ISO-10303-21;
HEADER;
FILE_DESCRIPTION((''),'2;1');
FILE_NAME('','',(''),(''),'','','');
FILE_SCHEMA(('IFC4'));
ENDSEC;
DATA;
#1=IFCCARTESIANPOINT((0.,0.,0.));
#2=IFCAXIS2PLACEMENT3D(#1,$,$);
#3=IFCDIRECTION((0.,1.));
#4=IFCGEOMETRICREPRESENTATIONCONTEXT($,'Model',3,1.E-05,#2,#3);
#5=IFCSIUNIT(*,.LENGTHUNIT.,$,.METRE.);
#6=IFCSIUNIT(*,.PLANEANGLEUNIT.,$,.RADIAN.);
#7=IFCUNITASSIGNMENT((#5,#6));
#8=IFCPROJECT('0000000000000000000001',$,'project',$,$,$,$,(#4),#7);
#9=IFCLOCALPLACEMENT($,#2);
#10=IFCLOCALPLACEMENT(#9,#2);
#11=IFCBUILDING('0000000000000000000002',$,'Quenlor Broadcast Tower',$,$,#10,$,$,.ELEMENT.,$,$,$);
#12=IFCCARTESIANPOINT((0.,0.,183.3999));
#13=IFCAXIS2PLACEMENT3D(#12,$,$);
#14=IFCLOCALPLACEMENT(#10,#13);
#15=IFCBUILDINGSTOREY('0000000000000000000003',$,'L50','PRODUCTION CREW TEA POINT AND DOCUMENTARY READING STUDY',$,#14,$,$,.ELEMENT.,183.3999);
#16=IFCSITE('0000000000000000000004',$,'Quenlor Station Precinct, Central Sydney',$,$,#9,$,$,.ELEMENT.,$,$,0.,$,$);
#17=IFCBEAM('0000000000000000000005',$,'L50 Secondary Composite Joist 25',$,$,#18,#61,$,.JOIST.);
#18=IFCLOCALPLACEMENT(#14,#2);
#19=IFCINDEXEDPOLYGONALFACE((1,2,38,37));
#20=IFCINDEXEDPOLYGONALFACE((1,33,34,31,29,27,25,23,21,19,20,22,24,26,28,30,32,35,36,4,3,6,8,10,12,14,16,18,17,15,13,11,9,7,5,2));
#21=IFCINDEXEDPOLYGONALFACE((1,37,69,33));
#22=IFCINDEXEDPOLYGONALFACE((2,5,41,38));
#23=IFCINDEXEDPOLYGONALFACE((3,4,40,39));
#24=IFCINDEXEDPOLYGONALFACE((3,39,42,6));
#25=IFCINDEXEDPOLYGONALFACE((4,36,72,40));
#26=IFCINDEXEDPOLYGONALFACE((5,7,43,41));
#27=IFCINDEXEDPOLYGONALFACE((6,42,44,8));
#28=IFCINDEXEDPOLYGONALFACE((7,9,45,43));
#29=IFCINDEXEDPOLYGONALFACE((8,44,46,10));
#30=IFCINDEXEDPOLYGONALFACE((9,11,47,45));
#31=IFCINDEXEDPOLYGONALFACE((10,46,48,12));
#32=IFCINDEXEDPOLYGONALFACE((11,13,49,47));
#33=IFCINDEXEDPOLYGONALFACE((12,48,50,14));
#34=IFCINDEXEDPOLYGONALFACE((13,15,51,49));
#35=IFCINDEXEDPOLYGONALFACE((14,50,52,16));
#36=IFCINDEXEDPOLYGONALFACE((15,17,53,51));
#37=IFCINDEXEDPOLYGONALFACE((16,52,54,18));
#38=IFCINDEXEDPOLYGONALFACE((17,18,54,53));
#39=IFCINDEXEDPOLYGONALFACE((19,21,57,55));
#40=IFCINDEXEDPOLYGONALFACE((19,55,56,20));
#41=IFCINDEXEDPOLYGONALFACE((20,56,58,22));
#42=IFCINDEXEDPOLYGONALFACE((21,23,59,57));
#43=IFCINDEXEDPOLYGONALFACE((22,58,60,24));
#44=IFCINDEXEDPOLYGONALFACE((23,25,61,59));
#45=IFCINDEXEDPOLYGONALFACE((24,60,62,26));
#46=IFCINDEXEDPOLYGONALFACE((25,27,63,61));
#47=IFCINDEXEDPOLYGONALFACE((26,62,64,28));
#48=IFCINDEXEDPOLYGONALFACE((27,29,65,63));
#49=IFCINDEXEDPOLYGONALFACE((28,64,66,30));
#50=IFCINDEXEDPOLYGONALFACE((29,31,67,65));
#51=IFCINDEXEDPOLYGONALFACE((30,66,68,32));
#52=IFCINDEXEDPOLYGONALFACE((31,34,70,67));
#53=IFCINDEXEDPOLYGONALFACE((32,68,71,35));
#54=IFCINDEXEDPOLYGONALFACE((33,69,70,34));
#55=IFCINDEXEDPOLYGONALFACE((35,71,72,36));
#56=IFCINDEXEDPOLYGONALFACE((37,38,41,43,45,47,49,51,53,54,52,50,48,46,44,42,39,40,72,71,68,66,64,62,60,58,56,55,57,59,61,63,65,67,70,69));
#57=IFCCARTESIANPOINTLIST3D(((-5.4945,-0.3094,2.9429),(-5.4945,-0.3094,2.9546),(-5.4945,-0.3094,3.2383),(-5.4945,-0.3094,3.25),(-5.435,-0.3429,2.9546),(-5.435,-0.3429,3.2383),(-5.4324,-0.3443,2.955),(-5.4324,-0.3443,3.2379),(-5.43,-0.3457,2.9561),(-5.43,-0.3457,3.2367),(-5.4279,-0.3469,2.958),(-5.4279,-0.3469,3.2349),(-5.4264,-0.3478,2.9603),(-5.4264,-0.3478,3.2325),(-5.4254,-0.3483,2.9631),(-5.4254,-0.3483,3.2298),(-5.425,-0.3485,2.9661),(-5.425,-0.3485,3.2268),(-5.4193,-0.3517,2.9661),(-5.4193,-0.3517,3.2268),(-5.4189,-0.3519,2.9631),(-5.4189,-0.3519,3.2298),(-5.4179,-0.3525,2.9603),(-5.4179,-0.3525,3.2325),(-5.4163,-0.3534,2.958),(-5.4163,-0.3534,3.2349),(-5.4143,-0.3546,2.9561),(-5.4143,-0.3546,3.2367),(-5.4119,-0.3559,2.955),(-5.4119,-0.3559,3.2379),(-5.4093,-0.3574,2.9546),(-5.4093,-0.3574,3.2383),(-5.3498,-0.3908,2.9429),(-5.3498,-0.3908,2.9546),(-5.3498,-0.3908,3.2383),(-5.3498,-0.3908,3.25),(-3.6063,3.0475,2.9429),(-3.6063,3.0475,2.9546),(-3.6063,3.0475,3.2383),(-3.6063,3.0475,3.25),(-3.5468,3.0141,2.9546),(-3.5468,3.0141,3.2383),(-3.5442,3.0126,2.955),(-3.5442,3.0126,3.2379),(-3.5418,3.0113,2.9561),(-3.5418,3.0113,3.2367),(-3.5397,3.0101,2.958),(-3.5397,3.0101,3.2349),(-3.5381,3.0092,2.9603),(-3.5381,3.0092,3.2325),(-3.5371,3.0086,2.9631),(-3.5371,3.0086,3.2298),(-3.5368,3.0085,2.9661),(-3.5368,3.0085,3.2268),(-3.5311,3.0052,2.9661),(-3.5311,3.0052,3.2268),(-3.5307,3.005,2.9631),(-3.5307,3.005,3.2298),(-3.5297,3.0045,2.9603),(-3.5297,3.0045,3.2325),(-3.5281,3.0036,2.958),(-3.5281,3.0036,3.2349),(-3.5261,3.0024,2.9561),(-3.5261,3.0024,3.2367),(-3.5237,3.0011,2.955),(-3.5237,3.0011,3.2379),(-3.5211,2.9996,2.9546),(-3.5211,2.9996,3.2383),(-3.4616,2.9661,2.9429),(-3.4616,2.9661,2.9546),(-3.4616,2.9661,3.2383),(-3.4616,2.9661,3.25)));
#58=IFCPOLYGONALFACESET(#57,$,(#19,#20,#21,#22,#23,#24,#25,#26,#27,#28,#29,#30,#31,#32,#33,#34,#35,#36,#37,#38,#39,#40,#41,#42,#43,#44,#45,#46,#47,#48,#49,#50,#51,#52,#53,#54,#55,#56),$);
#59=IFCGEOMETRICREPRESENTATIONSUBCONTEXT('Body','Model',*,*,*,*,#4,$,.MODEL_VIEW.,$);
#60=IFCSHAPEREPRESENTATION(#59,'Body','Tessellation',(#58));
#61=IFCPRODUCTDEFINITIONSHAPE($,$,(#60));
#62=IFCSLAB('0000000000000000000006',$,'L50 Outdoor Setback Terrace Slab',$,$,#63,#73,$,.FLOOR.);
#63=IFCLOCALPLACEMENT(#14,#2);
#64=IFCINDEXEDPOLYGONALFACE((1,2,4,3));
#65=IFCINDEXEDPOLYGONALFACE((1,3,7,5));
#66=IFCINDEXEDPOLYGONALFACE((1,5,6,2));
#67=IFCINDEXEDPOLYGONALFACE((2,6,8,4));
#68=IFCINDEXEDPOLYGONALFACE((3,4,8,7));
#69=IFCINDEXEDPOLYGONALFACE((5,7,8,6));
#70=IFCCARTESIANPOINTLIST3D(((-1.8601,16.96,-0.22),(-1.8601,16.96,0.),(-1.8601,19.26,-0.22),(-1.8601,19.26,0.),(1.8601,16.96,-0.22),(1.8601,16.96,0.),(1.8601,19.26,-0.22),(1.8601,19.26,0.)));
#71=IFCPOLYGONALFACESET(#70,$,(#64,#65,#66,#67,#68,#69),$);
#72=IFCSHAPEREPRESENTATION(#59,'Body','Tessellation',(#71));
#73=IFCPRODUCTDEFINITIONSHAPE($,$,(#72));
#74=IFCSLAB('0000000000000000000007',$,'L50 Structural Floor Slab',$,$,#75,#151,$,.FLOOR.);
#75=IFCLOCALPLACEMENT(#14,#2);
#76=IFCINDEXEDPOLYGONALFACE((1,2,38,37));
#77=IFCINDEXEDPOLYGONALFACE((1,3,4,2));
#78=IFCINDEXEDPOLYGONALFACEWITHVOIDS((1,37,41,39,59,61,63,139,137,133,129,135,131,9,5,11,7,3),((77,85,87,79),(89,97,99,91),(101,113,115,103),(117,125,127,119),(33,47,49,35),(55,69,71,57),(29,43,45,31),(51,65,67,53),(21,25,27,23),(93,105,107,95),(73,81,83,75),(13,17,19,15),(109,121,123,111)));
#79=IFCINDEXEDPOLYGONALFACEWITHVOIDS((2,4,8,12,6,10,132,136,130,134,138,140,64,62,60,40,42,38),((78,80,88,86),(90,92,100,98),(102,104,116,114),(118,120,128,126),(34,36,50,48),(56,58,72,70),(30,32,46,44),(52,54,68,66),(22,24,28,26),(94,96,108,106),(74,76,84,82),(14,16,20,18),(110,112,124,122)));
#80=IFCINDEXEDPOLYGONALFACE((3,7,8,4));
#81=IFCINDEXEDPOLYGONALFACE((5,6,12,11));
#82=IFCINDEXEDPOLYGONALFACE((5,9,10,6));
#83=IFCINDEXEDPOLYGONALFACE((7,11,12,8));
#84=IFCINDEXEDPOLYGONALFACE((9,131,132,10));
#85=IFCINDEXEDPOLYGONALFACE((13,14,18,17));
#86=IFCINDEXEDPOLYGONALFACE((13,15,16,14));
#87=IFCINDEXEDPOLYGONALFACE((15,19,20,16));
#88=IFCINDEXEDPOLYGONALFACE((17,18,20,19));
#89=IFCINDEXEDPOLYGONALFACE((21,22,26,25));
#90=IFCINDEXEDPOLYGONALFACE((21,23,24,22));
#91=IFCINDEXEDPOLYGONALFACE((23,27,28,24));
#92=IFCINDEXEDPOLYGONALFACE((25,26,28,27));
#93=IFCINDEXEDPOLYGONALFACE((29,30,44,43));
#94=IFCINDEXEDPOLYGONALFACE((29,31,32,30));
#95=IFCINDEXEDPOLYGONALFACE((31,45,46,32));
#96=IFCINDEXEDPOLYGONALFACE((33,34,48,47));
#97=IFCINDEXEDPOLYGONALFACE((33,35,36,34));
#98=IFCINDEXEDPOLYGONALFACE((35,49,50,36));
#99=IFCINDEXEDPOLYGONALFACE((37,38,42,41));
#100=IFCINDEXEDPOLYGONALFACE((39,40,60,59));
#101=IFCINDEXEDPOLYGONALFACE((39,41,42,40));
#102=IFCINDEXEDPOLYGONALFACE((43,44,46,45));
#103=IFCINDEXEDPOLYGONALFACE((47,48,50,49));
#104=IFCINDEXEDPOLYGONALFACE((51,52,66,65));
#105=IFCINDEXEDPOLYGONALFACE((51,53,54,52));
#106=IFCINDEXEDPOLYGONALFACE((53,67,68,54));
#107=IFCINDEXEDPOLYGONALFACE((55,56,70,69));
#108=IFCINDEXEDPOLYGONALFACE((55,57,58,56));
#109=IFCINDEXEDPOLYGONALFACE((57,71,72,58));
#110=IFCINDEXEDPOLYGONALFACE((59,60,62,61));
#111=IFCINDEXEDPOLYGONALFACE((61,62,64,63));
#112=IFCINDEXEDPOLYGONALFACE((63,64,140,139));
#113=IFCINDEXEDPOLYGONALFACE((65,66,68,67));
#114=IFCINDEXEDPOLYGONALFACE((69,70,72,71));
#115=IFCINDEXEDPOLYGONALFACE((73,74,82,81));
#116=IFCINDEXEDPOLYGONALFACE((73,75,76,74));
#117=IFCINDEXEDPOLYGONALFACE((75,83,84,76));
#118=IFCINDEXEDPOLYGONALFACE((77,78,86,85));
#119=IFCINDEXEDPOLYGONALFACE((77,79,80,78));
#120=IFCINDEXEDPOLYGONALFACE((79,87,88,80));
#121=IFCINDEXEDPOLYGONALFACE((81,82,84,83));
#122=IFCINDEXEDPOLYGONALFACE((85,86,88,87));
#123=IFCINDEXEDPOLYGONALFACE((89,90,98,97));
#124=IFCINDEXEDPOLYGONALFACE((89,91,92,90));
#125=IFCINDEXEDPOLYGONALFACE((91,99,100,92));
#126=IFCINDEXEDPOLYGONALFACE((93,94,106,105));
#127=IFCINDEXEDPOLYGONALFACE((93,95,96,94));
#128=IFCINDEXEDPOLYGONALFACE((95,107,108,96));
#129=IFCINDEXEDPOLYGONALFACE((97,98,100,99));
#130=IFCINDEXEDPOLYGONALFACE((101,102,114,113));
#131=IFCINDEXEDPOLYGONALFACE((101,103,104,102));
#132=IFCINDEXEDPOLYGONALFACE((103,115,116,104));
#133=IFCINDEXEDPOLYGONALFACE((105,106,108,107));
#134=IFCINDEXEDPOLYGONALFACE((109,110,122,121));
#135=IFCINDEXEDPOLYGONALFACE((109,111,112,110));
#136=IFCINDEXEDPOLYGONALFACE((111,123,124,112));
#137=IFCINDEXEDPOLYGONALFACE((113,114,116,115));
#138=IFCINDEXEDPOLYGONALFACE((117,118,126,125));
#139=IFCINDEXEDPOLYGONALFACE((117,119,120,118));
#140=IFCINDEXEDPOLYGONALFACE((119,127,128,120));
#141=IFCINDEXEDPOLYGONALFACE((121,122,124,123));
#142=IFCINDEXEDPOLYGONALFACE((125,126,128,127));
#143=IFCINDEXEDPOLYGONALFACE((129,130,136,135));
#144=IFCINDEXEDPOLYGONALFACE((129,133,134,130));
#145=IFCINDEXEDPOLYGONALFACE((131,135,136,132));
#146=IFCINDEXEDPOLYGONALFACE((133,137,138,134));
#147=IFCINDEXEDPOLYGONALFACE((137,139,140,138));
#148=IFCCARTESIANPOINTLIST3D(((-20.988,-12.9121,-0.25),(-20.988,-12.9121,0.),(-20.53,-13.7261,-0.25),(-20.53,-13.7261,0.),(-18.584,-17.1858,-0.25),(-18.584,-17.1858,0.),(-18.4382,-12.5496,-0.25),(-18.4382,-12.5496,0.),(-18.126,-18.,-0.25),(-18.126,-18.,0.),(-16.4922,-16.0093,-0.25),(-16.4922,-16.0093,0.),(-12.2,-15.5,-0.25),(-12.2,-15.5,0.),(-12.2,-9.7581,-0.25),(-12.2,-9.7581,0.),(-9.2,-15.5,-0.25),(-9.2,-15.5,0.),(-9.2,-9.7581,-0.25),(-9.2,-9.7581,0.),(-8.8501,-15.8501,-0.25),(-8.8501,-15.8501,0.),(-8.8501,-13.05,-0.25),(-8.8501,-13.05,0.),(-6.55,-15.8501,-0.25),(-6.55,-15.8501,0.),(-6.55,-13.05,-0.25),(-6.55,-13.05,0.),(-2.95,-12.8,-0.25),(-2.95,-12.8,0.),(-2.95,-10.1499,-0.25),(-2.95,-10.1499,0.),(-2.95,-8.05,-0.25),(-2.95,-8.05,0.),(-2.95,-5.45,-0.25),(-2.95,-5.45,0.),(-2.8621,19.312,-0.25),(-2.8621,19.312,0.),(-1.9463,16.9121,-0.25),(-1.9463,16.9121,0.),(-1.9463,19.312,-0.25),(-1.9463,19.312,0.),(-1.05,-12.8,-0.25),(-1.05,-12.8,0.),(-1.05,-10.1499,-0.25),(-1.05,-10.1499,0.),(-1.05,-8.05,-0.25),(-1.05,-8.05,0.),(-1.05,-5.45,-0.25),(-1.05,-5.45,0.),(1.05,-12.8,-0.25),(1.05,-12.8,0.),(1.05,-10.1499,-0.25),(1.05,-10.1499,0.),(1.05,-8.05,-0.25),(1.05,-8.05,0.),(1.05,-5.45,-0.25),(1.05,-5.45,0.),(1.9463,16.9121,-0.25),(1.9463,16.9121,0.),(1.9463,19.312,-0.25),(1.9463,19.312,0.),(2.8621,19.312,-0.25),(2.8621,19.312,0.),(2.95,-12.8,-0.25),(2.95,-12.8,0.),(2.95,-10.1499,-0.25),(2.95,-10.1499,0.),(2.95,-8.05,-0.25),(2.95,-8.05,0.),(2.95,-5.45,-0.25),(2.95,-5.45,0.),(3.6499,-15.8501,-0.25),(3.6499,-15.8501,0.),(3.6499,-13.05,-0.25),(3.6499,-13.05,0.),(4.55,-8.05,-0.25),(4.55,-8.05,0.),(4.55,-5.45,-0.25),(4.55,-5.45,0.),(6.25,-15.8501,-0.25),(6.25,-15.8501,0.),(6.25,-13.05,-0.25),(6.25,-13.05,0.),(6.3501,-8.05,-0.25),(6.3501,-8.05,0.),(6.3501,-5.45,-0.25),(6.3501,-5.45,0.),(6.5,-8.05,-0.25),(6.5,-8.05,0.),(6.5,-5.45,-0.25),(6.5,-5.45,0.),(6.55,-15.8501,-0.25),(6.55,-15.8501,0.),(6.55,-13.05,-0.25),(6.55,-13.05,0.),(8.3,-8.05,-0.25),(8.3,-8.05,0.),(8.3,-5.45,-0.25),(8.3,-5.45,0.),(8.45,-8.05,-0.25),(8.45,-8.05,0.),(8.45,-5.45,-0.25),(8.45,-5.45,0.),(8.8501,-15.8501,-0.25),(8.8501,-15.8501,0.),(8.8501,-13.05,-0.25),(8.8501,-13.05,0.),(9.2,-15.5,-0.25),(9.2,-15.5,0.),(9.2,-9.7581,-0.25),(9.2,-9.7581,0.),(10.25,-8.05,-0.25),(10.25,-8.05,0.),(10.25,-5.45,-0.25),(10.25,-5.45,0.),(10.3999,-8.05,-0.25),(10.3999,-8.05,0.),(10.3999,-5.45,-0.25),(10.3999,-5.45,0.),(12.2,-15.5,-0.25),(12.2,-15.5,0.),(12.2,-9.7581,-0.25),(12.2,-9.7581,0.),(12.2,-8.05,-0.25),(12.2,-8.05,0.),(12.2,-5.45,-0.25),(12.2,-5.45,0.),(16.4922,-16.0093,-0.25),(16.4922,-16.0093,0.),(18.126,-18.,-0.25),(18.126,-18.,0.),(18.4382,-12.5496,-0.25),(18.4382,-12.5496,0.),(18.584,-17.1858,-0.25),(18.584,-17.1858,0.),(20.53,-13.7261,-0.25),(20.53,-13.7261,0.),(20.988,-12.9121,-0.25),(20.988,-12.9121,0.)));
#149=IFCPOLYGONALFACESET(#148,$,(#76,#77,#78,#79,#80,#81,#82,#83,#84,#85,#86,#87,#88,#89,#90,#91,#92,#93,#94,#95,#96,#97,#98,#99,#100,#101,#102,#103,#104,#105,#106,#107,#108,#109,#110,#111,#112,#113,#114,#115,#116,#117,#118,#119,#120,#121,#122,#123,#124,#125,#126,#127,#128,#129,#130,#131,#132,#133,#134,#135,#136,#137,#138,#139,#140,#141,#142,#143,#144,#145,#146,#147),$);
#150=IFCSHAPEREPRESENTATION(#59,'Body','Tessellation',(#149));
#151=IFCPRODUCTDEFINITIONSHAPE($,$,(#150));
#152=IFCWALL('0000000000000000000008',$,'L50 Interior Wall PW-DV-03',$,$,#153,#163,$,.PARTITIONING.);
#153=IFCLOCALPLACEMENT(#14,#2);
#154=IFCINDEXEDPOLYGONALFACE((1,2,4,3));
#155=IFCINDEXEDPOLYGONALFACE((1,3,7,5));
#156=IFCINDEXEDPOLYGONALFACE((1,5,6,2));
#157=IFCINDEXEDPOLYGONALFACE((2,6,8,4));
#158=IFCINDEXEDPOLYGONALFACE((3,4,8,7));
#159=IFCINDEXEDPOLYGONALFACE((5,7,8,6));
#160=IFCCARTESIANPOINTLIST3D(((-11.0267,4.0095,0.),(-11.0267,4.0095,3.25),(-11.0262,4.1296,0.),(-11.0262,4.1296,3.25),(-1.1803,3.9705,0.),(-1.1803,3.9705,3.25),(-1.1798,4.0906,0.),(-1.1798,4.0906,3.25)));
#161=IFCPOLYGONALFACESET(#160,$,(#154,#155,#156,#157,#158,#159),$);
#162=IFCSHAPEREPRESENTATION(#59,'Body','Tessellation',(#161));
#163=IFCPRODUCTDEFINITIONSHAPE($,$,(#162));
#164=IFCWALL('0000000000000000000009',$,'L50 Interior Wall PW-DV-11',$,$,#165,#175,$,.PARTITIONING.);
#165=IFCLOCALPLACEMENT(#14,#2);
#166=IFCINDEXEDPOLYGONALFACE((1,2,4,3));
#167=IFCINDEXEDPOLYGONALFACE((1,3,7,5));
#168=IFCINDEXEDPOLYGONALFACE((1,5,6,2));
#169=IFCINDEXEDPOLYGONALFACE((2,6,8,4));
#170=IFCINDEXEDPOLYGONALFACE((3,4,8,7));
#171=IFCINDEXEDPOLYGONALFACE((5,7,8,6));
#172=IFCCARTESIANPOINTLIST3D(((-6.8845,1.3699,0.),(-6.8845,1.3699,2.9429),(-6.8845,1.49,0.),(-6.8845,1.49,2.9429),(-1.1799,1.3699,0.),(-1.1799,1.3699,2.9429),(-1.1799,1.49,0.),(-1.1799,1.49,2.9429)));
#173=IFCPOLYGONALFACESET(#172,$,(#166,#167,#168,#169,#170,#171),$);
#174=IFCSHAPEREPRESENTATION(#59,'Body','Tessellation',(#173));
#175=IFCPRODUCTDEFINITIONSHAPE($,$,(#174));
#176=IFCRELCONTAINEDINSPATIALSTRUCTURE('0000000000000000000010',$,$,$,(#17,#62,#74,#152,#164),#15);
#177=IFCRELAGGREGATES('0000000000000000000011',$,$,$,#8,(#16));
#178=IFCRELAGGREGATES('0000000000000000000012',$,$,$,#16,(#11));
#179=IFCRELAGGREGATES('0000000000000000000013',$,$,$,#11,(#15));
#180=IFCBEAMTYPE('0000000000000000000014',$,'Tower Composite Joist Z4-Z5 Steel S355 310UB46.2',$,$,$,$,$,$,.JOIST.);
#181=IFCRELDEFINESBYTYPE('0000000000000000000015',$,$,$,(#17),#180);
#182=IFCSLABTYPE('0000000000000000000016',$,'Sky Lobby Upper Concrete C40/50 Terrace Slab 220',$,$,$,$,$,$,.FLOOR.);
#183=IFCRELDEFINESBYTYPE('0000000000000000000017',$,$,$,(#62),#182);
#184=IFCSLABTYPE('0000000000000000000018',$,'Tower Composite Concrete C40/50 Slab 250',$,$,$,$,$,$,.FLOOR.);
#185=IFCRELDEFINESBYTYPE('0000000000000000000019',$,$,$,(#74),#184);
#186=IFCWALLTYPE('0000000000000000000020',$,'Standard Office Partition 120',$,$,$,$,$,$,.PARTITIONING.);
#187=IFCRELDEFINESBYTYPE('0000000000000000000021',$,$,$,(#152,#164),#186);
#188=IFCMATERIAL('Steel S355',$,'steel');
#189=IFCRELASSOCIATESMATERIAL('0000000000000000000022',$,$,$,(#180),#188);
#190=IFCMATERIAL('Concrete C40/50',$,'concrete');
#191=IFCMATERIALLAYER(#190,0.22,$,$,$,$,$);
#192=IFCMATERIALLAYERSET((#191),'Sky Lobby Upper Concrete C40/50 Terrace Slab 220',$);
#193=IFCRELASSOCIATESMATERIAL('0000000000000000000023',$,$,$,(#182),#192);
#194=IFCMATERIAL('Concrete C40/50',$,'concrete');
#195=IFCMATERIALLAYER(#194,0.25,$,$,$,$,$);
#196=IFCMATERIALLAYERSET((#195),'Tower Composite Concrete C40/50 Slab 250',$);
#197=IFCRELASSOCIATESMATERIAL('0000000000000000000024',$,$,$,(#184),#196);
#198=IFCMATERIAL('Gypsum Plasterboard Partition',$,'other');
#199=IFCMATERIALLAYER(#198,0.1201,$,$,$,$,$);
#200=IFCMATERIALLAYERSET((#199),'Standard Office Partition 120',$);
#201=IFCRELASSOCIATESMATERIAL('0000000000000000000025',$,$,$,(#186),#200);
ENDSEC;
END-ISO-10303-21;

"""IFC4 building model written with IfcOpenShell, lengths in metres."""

from ifc_helpers import new_model, si_unit, direction, frame, frame_2d, origin, origin_2d, place, context, subcontext, project, spatial, polyline, rectangle, i_section, outline, extrude, material, layer, layer_set, material_profile, profile_set, type_object, element, save


model = new_model("IFC4")

# Units and contexts
model_context = context("Model", 3, precision=1e-05, world=origin(), true_north=direction((0.0, 1.0)))
body_context = subcontext(model_context, "Body", "Model", "MODEL_VIEW")
ifc_project = project(units=[si_unit("LENGTHUNIT", "METRE"), si_unit("PLANEANGLEUNIT", "RADIAN")], contexts=[model_context])

# Site, building, storey
site_placement = place(None, origin())
site = spatial("IfcSite", under=ifc_project, at=site_placement, Name="Quenlor Station Precinct, Central Sydney", CompositionType="ELEMENT", RefElevation=0.0)
building_placement = place(site_placement, origin())
building = spatial("IfcBuilding", under=site, at=building_placement, Name="Quenlor Broadcast Tower", CompositionType="ELEMENT")
storey_placement = place(building_placement, frame((0.0, 0.0, 183.3999)))
storey = spatial("IfcBuildingStorey", under=building, at=storey_placement, Name="L50", Description="PRODUCTION CREW TEA POINT AND DOCUMENTARY READING STUDY", CompositionType="ELEMENT", Elevation=183.3999)

# Beam
ifc_material_1 = material(Name="Steel S355", Category="steel")
ifc_material_profile = material_profile(ifc_material_1, i_section(OverallWidth=0.166, OverallDepth=0.3071, WebThickness=0.0066, FlangeThickness=0.0117, FilletRadius=0.0115, at=origin_2d()))
ifc_profile_set = profile_set([ifc_material_profile], Name="Steel S355 310UB46.2")
beam_type = type_object("IfcBeamType", Name="Tower Composite Joist Z4-Z5 Steel S355 310UB46.2", PredefinedType="JOIST", material=ifc_profile_set)
beam_placement = place(storey_placement, frame((-3.5339, 3.0068, 3.0964), z_axis=(-0.490243, -0.871586, 0.0), x_axis=(0.871586, -0.490243, 0.0)))
element("IfcBeam", 1, at=beam_placement, inside=storey, type_object=beam_type, Name="L50 Secondary Composite Joist 25", PredefinedType="JOIST", context=body_context, shape_type="SweptSolid", body=[
    extrude(i_section(OverallWidth=0.166, OverallDepth=0.3071, WebThickness=0.0066, FlangeThickness=0.0117, FilletRadius=0.0115, at=origin_2d()), origin(), (0.0, 0.0, 1.0), 3.8516),
])

# Slabs
ifc_material_2 = material(Name="Concrete C40/50", Category="concrete")
ifc_layer_1 = layer(ifc_material_2, 0.22)
ifc_layer_set_1 = layer_set([ifc_layer_1], Name="Sky Lobby Upper Concrete C40/50 Terrace Slab 220")
slab_type_1 = type_object("IfcSlabType", Name="Sky Lobby Upper Concrete C40/50 Terrace Slab 220", PredefinedType="FLOOR", material=ifc_layer_set_1)
slab_1_placement = place(storey_placement, frame((0.0, 0.0, -0.22)))
element("IfcSlab", 2, at=slab_1_placement, inside=storey, type_object=slab_type_1, Name="L50 Outdoor Setback Terrace Slab", PredefinedType="FLOOR", context=body_context, shape_type="SweptSolid", body=[
    extrude(outline(polyline([(-1.8601, 16.96), (1.8601, 16.96), (1.8601, 19.26), (-1.8601, 19.26), (-1.8601, 16.96)])), origin(), (0.0, 0.0, 1.0), 0.22),
])
ifc_material_3 = material(Name="Concrete C40/50", Category="concrete")
ifc_layer_2 = layer(ifc_material_3, 0.25)
ifc_layer_set_2 = layer_set([ifc_layer_2], Name="Tower Composite Concrete C40/50 Slab 250")
slab_type_2 = type_object("IfcSlabType", Name="Tower Composite Concrete C40/50 Slab 250", PredefinedType="FLOOR", material=ifc_layer_set_2)
slab_2_placement = place(storey_placement, frame((0.0, 0.0, -0.25)))
element("IfcSlab", 3, at=slab_2_placement, inside=storey, type_object=slab_type_2, Name="L50 Structural Floor Slab", PredefinedType="FLOOR", context=body_context, shape_type="SweptSolid", body=[
    extrude(outline(polyline([(18.126, -18.0), (18.584, -17.1858), (16.4922, -16.0093), (18.4382, -12.5496), (20.53, -13.7261), (20.988, -12.9121), (2.8621, 19.312), (1.9463, 19.312), (1.9463, 16.9121), (-1.9463, 16.9121), (-1.9463, 19.312), (-2.8621, 19.312), (-20.988, -12.9121), (-20.53, -13.7261), (-18.4382, -12.5496), (-16.4922, -16.0093), (-18.584, -17.1858), (-18.126, -18.0), (18.126, -18.0)]), holes=[polyline([(-12.2, -9.7581), (-12.2, -15.5), (-9.2, -15.5), (-9.2, -9.7581), (-12.2, -9.7581)]), polyline([(9.2, -9.7581), (9.2, -15.5), (12.2, -15.5), (12.2, -9.7581), (9.2, -9.7581)]), polyline([(-2.95, -8.05), (-1.05, -8.05), (-1.05, -5.45), (-2.95, -5.45), (-2.95, -8.05)]), polyline([(1.05, -8.05), (2.95, -8.05), (2.95, -5.45), (1.05, -5.45), (1.05, -8.05)]), polyline([(-2.95, -12.8), (-1.05, -12.8), (-1.05, -10.1499), (-2.95, -10.1499), (-2.95, -12.8)]), polyline([(1.05, -12.8), (2.95, -12.8), (2.95, -10.1499), (1.05, -10.1499), (1.05, -12.8)]), polyline([(4.55, -8.05), (6.3501, -8.05), (6.3501, -5.45), (4.55, -5.45), (4.55, -8.05)]), polyline([(6.5, -8.05), (8.3, -8.05), (8.3, -5.45), (6.5, -5.45), (6.5, -8.05)]), polyline([(8.45, -8.05), (10.25, -8.05), (10.25, -5.45), (8.45, -5.45), (8.45, -8.05)]), polyline([(10.3999, -8.05), (12.2, -8.05), (12.2, -5.45), (10.3999, -5.45), (10.3999, -8.05)]), polyline([(-8.8501, -15.8501), (-6.55, -15.8501), (-6.55, -13.05), (-8.8501, -13.05), (-8.8501, -15.8501)]), polyline([(6.55, -15.8501), (8.8501, -15.8501), (8.8501, -13.05), (6.55, -13.05), (6.55, -15.8501)]), polyline([(3.6499, -15.8501), (6.25, -15.8501), (6.25, -13.05), (3.6499, -13.05), (3.6499, -15.8501)])]), origin(), (0.0, 0.0, 1.0), 0.25),
])

# Walls
ifc_material_4 = material(Name="Gypsum Plasterboard Partition", Category="other")
ifc_layer_3 = layer(ifc_material_4, 0.1201)
ifc_layer_set_3 = layer_set([ifc_layer_3], Name="Standard Office Partition 120")
wall_type = type_object("IfcWallType", Name="Standard Office Partition 120", PredefinedType="PARTITIONING", material=ifc_layer_set_3)
wall_1_placement = place(storey_placement, frame((-1.1799, 4.0305, 0.0), z_axis=(0.0, 0.0, 1.0), x_axis=(-0.999992, 0.003967, 0.0)))
element("IfcWall", 4, at=wall_1_placement, inside=storey, type_object=wall_type, Name="L50 Interior Wall PW-DV-03", PredefinedType="PARTITIONING", context=body_context, shape_type="SweptSolid", body=[
    extrude(rectangle(XDim=9.8464, YDim=0.1201, at=frame_2d((4.9233, 0.0))), origin(), (0.0, 0.0, 1.0), 3.25),
])
wall_2_placement = place(storey_placement, frame((-1.1799, 1.4299, 0.0), z_axis=(0.0, 0.0, 1.0), x_axis=(-1.0, 0.0, 0.0)))
element("IfcWall", 5, at=wall_2_placement, inside=storey, type_object=wall_type, Name="L50 Interior Wall PW-DV-11", PredefinedType="PARTITIONING", context=body_context, shape_type="SweptSolid", body=[
    extrude(rectangle(XDim=5.7046, YDim=0.1201, at=frame_2d((2.8523, 0.0))), origin(), (0.0, 0.0, 1.0), 2.9429),
])

save(model, "model.ifc")
